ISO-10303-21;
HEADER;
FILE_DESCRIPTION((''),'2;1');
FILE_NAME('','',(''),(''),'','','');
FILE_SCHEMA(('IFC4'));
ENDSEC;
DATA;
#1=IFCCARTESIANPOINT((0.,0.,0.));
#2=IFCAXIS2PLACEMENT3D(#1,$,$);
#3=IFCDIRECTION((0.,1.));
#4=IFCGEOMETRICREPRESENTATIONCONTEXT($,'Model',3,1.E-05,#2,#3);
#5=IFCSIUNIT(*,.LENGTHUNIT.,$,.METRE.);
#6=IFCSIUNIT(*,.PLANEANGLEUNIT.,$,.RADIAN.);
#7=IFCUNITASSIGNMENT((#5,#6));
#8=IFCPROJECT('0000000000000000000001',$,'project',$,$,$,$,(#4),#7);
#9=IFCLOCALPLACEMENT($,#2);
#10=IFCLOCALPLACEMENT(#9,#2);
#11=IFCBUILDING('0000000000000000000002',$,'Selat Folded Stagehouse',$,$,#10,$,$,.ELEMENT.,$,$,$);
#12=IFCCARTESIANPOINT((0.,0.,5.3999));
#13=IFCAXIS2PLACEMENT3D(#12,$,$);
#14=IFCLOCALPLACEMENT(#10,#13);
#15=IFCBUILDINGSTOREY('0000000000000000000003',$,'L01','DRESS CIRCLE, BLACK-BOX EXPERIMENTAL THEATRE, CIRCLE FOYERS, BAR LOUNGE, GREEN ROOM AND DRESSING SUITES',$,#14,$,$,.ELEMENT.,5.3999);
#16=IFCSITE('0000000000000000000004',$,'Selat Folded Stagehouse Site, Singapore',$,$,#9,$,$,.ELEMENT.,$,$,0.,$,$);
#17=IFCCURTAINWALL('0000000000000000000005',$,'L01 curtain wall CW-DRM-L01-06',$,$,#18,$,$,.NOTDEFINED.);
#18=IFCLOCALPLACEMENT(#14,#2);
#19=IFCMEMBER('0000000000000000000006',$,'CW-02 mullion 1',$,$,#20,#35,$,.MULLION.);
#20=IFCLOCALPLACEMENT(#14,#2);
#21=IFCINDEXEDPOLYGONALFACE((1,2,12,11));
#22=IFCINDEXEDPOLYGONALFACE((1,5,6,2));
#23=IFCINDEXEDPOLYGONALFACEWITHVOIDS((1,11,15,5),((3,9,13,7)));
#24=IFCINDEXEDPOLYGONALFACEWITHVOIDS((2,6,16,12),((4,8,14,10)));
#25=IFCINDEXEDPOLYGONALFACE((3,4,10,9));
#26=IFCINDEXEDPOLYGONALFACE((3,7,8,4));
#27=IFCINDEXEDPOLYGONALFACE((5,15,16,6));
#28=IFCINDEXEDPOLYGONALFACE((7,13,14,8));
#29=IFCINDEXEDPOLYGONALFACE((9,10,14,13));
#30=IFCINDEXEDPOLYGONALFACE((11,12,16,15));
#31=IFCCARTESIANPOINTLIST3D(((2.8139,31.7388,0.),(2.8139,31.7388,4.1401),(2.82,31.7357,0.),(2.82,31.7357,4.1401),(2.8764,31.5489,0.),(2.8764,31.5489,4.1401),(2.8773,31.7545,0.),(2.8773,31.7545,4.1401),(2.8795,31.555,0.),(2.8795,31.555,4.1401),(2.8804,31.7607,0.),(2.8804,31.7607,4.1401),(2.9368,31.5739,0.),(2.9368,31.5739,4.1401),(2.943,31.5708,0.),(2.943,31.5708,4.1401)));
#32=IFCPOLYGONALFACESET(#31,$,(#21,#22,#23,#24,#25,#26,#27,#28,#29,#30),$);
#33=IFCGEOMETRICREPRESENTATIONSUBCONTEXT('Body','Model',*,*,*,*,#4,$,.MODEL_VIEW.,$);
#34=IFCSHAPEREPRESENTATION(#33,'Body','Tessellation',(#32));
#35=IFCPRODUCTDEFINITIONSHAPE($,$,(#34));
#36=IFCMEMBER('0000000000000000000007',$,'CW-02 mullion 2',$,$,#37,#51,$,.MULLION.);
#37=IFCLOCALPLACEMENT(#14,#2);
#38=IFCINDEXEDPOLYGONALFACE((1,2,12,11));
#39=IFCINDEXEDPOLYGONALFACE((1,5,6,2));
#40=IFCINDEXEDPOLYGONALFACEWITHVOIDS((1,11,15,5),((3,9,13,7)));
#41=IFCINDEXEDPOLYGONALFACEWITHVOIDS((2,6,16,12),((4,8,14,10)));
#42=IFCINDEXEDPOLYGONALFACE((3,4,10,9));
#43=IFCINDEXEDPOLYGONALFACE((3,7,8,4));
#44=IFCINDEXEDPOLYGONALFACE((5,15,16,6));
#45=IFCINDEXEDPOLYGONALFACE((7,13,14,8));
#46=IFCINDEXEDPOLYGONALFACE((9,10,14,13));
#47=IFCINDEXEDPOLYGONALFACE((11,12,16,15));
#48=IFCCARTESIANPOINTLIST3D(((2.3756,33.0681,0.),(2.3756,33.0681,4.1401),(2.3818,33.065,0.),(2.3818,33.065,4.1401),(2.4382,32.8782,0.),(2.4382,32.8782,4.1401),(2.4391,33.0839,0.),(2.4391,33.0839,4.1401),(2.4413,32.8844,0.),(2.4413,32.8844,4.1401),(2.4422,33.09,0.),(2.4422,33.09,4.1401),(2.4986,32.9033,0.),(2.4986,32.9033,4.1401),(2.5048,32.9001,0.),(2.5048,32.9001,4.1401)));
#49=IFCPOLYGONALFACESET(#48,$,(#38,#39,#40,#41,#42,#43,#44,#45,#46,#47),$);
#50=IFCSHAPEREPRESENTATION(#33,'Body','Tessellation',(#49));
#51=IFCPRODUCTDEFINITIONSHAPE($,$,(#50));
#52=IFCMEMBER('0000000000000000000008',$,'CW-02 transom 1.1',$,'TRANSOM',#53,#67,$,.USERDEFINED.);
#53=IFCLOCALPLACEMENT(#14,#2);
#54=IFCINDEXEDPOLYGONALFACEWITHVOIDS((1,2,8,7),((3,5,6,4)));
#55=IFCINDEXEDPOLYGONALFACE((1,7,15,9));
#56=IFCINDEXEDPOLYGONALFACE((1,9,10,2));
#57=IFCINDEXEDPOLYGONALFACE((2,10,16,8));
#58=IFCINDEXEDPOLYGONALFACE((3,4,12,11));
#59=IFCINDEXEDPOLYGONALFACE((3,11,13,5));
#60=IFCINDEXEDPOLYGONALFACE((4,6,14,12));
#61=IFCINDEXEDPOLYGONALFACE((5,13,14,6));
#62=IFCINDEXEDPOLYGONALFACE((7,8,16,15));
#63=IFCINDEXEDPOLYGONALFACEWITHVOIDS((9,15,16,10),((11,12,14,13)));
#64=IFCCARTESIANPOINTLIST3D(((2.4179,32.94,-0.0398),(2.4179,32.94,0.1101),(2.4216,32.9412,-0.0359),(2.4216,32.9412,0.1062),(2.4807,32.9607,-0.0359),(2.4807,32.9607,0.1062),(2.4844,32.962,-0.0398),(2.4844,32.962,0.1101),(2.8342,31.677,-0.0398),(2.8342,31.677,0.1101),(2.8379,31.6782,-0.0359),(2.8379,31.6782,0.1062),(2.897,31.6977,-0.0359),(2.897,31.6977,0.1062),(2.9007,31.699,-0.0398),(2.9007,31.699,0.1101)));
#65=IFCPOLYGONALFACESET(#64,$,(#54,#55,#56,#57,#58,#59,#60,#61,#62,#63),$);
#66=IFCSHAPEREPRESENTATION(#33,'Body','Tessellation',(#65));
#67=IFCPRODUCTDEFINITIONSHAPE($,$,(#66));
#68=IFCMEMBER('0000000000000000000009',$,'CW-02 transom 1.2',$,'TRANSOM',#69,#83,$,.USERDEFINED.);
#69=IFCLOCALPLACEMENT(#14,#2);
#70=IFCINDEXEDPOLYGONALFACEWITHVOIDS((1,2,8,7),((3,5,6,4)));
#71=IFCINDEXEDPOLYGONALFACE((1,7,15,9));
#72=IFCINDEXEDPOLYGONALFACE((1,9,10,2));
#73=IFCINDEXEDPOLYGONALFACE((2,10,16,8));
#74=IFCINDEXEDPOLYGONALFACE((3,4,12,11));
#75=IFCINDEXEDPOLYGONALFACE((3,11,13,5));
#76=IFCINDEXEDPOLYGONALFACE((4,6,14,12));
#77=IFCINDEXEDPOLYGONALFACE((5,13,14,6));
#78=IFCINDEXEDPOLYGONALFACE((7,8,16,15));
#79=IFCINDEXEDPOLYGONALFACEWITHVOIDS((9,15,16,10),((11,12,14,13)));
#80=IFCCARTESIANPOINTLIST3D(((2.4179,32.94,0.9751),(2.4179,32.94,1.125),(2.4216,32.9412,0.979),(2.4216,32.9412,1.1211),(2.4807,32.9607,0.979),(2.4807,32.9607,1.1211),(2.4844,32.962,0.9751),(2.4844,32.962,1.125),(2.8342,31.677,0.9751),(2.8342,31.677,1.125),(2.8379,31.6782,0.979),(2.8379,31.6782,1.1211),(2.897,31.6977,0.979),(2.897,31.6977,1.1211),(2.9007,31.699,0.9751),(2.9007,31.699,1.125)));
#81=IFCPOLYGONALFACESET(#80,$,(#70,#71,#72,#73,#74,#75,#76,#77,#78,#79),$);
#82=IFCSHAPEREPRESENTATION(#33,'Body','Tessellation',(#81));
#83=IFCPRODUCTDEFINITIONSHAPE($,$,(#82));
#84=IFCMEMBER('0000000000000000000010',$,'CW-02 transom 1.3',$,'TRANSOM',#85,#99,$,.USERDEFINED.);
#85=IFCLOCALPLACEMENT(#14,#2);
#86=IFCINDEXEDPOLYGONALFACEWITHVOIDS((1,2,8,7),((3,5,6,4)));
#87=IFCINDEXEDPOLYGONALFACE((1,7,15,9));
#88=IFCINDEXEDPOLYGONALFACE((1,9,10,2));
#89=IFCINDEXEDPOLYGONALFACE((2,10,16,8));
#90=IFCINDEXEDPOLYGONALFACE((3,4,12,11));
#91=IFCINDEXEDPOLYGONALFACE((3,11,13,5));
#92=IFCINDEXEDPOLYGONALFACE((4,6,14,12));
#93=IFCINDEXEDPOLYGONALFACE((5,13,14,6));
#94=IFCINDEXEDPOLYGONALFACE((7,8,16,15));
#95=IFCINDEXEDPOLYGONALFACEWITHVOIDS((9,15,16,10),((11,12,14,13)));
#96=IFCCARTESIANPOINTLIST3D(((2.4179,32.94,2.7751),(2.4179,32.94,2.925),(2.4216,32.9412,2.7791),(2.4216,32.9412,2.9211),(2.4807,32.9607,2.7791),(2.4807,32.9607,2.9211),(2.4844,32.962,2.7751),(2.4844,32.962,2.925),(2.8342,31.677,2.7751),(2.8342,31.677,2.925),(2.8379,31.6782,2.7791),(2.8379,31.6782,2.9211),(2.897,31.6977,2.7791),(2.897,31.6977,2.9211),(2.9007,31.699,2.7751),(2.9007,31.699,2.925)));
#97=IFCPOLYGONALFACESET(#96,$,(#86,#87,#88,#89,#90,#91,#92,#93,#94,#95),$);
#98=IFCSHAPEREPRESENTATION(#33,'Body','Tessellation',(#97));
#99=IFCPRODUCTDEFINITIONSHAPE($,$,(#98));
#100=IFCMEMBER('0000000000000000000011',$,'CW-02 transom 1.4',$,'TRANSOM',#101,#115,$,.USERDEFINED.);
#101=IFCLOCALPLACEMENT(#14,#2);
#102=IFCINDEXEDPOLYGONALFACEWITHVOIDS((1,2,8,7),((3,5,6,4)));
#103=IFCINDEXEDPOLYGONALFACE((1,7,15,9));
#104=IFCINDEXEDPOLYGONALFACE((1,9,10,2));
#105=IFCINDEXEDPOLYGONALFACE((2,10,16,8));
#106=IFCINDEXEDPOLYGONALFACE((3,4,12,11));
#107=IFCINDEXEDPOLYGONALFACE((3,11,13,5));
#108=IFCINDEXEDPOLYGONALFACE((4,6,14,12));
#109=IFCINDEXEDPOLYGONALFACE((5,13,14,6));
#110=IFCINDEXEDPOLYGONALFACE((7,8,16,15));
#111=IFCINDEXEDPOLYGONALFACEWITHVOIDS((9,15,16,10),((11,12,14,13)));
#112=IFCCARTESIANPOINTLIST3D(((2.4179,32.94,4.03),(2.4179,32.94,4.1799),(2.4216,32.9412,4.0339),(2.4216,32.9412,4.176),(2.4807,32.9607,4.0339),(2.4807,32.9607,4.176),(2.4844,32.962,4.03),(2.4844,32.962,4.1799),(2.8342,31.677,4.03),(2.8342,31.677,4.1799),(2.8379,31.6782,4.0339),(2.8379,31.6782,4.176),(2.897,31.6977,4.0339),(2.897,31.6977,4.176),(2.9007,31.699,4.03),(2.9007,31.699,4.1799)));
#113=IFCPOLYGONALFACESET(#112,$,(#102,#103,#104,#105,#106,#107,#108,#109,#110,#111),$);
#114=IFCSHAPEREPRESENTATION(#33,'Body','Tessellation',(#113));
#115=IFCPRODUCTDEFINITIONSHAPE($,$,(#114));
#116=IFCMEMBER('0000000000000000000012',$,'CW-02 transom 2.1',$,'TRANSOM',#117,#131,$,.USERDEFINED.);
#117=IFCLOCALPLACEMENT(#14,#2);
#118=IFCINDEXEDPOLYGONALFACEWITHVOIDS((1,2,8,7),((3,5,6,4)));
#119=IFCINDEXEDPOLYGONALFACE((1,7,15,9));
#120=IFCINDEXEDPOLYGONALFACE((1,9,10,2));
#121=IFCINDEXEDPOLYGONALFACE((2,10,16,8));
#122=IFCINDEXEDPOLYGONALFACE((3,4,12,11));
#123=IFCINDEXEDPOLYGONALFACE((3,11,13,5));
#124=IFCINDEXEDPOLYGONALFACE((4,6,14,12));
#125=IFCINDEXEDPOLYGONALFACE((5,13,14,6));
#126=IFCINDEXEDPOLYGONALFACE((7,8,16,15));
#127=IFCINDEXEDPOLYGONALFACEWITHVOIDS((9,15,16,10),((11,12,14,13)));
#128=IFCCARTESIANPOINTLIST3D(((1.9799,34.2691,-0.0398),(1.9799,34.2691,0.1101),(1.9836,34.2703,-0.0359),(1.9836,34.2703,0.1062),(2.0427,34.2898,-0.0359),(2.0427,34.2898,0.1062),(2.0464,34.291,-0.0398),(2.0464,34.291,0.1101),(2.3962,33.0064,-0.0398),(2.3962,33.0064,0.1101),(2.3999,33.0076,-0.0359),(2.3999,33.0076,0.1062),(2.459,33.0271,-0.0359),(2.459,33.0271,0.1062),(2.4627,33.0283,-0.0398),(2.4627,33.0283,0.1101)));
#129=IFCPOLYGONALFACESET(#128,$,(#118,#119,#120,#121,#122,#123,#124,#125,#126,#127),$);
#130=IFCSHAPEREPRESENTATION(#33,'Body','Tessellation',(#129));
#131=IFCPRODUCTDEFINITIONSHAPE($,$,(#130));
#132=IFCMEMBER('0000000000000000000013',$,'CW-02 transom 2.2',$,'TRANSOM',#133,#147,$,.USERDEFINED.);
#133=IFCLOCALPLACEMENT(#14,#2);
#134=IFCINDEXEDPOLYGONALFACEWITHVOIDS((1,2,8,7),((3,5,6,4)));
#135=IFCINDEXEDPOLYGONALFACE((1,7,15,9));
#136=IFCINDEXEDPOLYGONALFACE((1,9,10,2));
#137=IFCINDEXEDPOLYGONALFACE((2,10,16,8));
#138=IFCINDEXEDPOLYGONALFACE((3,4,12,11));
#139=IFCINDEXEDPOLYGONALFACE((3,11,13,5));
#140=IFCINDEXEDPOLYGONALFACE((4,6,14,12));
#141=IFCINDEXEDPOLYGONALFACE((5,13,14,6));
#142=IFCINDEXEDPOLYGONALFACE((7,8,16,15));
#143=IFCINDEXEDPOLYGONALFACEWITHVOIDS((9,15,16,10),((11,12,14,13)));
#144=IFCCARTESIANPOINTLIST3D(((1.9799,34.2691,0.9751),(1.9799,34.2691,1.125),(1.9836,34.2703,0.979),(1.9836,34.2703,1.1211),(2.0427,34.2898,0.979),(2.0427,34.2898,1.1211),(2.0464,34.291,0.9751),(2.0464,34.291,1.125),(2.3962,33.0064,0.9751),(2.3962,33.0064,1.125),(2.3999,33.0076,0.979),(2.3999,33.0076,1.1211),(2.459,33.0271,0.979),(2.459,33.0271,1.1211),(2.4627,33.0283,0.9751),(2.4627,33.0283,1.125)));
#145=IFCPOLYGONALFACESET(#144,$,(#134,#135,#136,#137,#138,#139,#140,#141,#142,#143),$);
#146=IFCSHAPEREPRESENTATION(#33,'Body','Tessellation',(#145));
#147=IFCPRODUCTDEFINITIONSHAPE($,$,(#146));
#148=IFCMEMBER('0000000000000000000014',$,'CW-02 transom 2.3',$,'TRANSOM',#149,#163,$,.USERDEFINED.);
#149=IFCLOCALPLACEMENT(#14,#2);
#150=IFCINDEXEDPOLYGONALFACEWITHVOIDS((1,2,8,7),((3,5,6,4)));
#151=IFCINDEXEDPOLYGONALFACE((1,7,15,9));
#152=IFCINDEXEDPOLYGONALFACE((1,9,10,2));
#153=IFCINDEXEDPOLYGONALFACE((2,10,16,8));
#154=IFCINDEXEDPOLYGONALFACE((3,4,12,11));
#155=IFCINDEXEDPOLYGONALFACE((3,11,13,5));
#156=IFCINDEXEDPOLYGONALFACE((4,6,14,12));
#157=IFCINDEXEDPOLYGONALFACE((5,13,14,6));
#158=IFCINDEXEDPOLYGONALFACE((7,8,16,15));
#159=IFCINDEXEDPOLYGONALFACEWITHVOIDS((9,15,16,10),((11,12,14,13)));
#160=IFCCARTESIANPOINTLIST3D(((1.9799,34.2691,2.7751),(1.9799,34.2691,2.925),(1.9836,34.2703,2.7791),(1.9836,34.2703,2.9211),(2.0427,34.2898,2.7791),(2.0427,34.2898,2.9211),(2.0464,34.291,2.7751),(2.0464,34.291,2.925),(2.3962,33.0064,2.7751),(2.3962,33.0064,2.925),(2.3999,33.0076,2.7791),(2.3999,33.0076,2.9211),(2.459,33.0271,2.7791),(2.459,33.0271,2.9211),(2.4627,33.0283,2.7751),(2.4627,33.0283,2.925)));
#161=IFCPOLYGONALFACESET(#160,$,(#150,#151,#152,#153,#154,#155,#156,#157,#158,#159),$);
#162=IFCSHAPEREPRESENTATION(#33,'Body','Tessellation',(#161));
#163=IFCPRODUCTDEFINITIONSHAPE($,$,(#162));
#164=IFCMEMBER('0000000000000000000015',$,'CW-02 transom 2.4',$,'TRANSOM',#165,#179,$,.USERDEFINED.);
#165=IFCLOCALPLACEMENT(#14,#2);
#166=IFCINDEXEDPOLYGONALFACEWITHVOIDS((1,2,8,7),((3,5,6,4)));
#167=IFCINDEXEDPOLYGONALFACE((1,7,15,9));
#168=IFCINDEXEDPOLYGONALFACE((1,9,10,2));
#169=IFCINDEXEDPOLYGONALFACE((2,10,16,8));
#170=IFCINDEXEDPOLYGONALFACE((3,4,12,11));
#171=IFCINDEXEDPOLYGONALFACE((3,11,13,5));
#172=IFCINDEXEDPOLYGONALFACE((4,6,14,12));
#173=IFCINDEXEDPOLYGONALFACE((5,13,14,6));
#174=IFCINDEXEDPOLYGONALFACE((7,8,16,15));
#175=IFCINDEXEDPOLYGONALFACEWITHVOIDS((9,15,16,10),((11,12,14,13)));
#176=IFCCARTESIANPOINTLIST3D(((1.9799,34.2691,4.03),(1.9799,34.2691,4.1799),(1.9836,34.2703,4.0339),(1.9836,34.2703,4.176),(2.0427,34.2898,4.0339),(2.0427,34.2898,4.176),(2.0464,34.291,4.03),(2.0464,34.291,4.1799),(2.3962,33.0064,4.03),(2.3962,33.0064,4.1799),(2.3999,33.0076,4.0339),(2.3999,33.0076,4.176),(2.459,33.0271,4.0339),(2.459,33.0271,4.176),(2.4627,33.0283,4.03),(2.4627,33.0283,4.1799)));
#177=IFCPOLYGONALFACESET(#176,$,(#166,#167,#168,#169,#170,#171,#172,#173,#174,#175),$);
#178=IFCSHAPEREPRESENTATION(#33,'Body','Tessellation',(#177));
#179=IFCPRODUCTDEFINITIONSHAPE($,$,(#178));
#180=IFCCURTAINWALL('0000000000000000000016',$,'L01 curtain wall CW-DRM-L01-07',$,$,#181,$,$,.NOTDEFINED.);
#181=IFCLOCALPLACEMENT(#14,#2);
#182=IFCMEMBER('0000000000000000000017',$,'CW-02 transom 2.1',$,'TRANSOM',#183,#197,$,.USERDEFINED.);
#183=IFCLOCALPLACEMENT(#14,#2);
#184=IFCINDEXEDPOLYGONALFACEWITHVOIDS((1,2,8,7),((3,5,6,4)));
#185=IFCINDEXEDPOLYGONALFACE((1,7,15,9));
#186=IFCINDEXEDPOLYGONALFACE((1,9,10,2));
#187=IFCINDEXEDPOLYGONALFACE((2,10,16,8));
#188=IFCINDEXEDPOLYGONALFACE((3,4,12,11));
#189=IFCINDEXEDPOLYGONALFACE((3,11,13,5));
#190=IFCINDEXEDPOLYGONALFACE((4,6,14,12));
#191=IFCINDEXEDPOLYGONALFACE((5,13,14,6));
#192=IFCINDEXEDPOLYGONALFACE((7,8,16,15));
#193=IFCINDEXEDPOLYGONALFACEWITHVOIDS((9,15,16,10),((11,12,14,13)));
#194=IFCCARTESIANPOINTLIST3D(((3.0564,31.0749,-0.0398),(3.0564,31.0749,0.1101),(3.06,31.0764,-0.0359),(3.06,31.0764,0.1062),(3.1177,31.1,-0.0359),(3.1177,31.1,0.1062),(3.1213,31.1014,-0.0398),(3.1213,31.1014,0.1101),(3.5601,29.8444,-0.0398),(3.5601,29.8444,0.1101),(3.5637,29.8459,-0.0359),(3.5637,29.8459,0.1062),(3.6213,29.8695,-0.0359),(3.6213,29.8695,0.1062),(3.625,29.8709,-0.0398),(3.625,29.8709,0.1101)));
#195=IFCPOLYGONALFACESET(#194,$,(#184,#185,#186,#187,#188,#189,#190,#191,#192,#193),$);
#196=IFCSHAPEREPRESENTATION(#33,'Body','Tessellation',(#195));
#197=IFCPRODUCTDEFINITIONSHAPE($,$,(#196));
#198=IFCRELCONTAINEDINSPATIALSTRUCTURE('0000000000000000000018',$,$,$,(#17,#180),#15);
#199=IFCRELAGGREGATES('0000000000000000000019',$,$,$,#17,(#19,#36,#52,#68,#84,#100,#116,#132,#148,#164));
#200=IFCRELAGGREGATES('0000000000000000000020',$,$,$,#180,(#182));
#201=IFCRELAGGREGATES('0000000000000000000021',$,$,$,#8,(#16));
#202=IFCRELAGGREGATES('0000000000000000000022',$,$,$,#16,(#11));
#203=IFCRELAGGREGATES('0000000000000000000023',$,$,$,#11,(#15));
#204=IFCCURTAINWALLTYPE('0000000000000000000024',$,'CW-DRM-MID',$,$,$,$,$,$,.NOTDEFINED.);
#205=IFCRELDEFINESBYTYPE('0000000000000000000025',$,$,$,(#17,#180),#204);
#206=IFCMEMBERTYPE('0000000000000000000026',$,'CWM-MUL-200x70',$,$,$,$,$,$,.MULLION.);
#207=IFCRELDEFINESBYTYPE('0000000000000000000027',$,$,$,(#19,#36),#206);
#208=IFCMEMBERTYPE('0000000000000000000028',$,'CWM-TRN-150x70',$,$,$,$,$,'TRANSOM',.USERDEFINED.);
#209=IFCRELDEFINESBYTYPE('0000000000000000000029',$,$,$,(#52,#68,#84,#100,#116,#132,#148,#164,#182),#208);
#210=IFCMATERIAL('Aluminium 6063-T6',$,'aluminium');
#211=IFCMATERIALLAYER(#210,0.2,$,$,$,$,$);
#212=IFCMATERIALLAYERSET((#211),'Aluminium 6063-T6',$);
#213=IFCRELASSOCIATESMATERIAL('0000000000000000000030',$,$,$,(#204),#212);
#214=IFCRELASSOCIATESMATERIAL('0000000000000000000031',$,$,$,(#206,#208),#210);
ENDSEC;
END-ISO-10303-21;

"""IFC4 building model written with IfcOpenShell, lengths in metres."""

from ifc_helpers import new_model, si_unit, direction, frame, origin, origin_2d, place, context, subcontext, project, spatial, hollow_rectangle, extrude, material, layer, layer_set, material_profile, profile_set, type_object, element, aggregate, save


model = new_model("IFC4")

# Units and contexts
model_context = context("Model", 3, precision=1e-05, world=origin(), true_north=direction((0.0, 1.0)))
body_context = subcontext(model_context, "Body", "Model", "MODEL_VIEW")
ifc_project = project(units=[si_unit("LENGTHUNIT", "METRE"), si_unit("PLANEANGLEUNIT", "RADIAN")], contexts=[model_context])

# Site, building, storey
site_placement = place(None, origin())
site = spatial("IfcSite", under=ifc_project, at=site_placement, Name="Selat Folded Stagehouse Site, Singapore", CompositionType="ELEMENT", RefElevation=0.0)
building_placement = place(site_placement, origin())
building = spatial("IfcBuilding", under=site, at=building_placement, Name="Selat Folded Stagehouse", CompositionType="ELEMENT")
storey_placement = place(building_placement, frame((0.0, 0.0, 5.3999)))
storey = spatial("IfcBuildingStorey", under=building, at=storey_placement, Name="L01", Description="DRESS CIRCLE, BLACK-BOX EXPERIMENTAL THEATRE, CIRCLE FOYERS, BAR LOUNGE, GREEN ROOM AND DRESSING SUITES", CompositionType="ELEMENT", Elevation=5.3999)

# Curtain walls, members
ifc_material_1 = material(Name="Aluminium 6063-T6", Category="aluminium")
ifc_layer_1 = layer(ifc_material_1, 0.2)
ifc_layer_set_1 = layer_set([ifc_layer_1], Name="Aluminium 6063-T6")
curtain_wall_type = type_object("IfcCurtainWallType", Name="CW-DRM-MID", PredefinedType="NOTDEFINED", material=ifc_layer_set_1)
curtain_wall_1_placement = place(storey_placement, origin())
curtain_wall_1 = element("IfcCurtainWall", 1, at=curtain_wall_1_placement, inside=storey, type_object=curtain_wall_type, Name="L01 curtain wall CW-DRM-L01-06", PredefinedType="NOTDEFINED")
ifc_material_profile_1 = material_profile(ifc_material_1, hollow_rectangle(XDim=0.0701, YDim=0.2, WallThickness=0.0049, at=origin_2d()), Name="ALU 200x70x5.0")
ifc_profile_set_1 = profile_set([ifc_material_profile_1], Name="Aluminium 6063-T6")
member_type_1 = type_object("IfcMemberType", Name="CWM-MUL-200x70", PredefinedType="MULLION", material=ifc_profile_set_1)
member_1_placement = place(storey_placement, frame((2.8784, 31.6548, 0.0), z_axis=(0.0, 0.0, 1.0), x_axis=(-0.949755, -0.312995, 0.0)))
member_1 = element("IfcMember", 2, at=member_1_placement, type_object=member_type_1, Name="CW-02 mullion 1", PredefinedType="MULLION", context=body_context, shape_type="SweptSolid", body=[
    extrude(hollow_rectangle(XDim=0.0701, YDim=0.2, WallThickness=0.0049, at=origin_2d()), origin(), (0.0, 0.0, 1.0), 4.1401),
])
member_2_placement = place(storey_placement, frame((2.4402, 32.9841, 0.0), z_axis=(0.0, 0.0, 1.0), x_axis=(-0.949755, -0.312995, 0.0)))
member_2 = element("IfcMember", 3, at=member_2_placement, type_object=member_type_1, Name="CW-02 mullion 2", PredefinedType="MULLION", context=body_context, shape_type="SweptSolid", body=[
    extrude(hollow_rectangle(XDim=0.0701, YDim=0.2, WallThickness=0.0049, at=origin_2d()), origin(), (0.0, 0.0, 1.0), 4.1401),
])
ifc_material_profile_2 = material_profile(ifc_material_1, hollow_rectangle(XDim=0.0701, YDim=0.1499, WallThickness=0.0039, at=origin_2d()), Name="ALU 150x70x4.0")
ifc_profile_set_2 = profile_set([ifc_material_profile_2], Name="Aluminium 6063-T6")
member_type_2 = type_object("IfcMemberType", Name="CWM-TRN-150x70", ElementType="TRANSOM", PredefinedType="USERDEFINED", material=ifc_profile_set_2)
member_3_placement = place(storey_placement, frame((2.8674, 31.688, 0.0352), z_axis=(-0.313031, 0.949743, 0.0), x_axis=(-0.949743, -0.313031, 0.0)))
member_3 = element("IfcMember", 4, at=member_3_placement, type_object=member_type_2, Name="CW-02 transom 1.1", ObjectType="TRANSOM", PredefinedType="USERDEFINED", context=body_context, shape_type="SweptSolid", body=[
    extrude(hollow_rectangle(XDim=0.0701, YDim=0.1499, WallThickness=0.0039, at=origin_2d()), origin(), (0.0, 0.0, 1.0), 1.3298),
])
member_4_placement = place(storey_placement, frame((2.8674, 31.688, 1.05), z_axis=(-0.313031, 0.949743, 0.0), x_axis=(-0.949743, -0.313031, 0.0)))
member_4 = element("IfcMember", 5, at=member_4_placement, type_object=member_type_2, Name="CW-02 transom 1.2", ObjectType="TRANSOM", PredefinedType="USERDEFINED", context=body_context, shape_type="SweptSolid", body=[
    extrude(hollow_rectangle(XDim=0.0701, YDim=0.1499, WallThickness=0.0039, at=origin_2d()), origin(), (0.0, 0.0, 1.0), 1.3298),
])
member_5_placement = place(storey_placement, frame((2.8674, 31.688, 2.8501), z_axis=(-0.313031, 0.949743, 0.0), x_axis=(-0.949743, -0.313031, 0.0)))
member_5 = element("IfcMember", 6, at=member_5_placement, type_object=member_type_2, Name="CW-02 transom 1.3", ObjectType="TRANSOM", PredefinedType="USERDEFINED", context=body_context, shape_type="SweptSolid", body=[
    extrude(hollow_rectangle(XDim=0.0701, YDim=0.1499, WallThickness=0.0039, at=origin_2d()), origin(), (0.0, 0.0, 1.0), 1.3298),
])
member_6_placement = place(storey_placement, frame((2.8674, 31.688, 4.105), z_axis=(-0.313031, 0.949743, 0.0), x_axis=(-0.949743, -0.313031, 0.0)))
member_6 = element("IfcMember", 7, at=member_6_placement, type_object=member_type_2, Name="CW-02 transom 1.4", ObjectType="TRANSOM", PredefinedType="USERDEFINED", context=body_context, shape_type="SweptSolid", body=[
    extrude(hollow_rectangle(XDim=0.0701, YDim=0.1499, WallThickness=0.0039, at=origin_2d()), origin(), (0.0, 0.0, 1.0), 1.3298),
])
member_7_placement = place(storey_placement, frame((2.4294, 33.0173, 0.0352), z_axis=(-0.313086, 0.949725, 0.0), x_axis=(-0.949725, -0.313086, 0.0)))
member_7 = element("IfcMember", 8, at=member_7_placement, type_object=member_type_2, Name="CW-02 transom 2.1", ObjectType="TRANSOM", PredefinedType="USERDEFINED", context=body_context, shape_type="SweptSolid", body=[
    extrude(hollow_rectangle(XDim=0.0701, YDim=0.1499, WallThickness=0.0039, at=origin_2d()), origin(), (0.0, 0.0, 1.0), 1.3296),
])
member_8_placement = place(storey_placement, frame((2.4294, 33.0173, 1.05), z_axis=(-0.313086, 0.949725, 0.0), x_axis=(-0.949725, -0.313086, 0.0)))
member_8 = element("IfcMember", 9, at=member_8_placement, type_object=member_type_2, Name="CW-02 transom 2.2", ObjectType="TRANSOM", PredefinedType="USERDEFINED", context=body_context, shape_type="SweptSolid", body=[
    extrude(hollow_rectangle(XDim=0.0701, YDim=0.1499, WallThickness=0.0039, at=origin_2d()), origin(), (0.0, 0.0, 1.0), 1.3296),
])
member_9_placement = place(storey_placement, frame((2.4294, 33.0173, 2.8501), z_axis=(-0.313086, 0.949725, 0.0), x_axis=(-0.949725, -0.313086, 0.0)))
member_9 = element("IfcMember", 10, at=member_9_placement, type_object=member_type_2, Name="CW-02 transom 2.3", ObjectType="TRANSOM", PredefinedType="USERDEFINED", context=body_context, shape_type="SweptSolid", body=[
    extrude(hollow_rectangle(XDim=0.0701, YDim=0.1499, WallThickness=0.0039, at=origin_2d()), origin(), (0.0, 0.0, 1.0), 1.3296),
])
member_10_placement = place(storey_placement, frame((2.4294, 33.0173, 4.105), z_axis=(-0.313086, 0.949725, 0.0), x_axis=(-0.949725, -0.313086, 0.0)))
member_10 = element("IfcMember", 11, at=member_10_placement, type_object=member_type_2, Name="CW-02 transom 2.4", ObjectType="TRANSOM", PredefinedType="USERDEFINED", context=body_context, shape_type="SweptSolid", body=[
    extrude(hollow_rectangle(XDim=0.0701, YDim=0.1499, WallThickness=0.0039, at=origin_2d()), origin(), (0.0, 0.0, 1.0), 1.3296),
])
curtain_wall_2_placement = place(storey_placement, origin())
curtain_wall_2 = element("IfcCurtainWall", 12, at=curtain_wall_2_placement, inside=storey, type_object=curtain_wall_type, Name="L01 curtain wall CW-DRM-L01-07", PredefinedType="NOTDEFINED")
member_11_placement = place(storey_placement, frame((3.5925, 29.8577, 0.0352), z_axis=(-0.378819, 0.925471, 0.0), x_axis=(-0.925471, -0.378819, 0.0)))
member_11 = element("IfcMember", 13, at=member_11_placement, type_object=member_type_2, Name="CW-02 transom 2.1", ObjectType="TRANSOM", PredefinedType="USERDEFINED", context=body_context, shape_type="SweptSolid", body=[
    extrude(hollow_rectangle(XDim=0.0701, YDim=0.1499, WallThickness=0.0039, at=origin_2d()), origin(), (0.0, 0.0, 1.0), 1.3296),
])

aggregate(curtain_wall_1, [member_1, member_2, member_3, member_4, member_5, member_6, member_7, member_8, member_9, member_10])
aggregate(curtain_wall_2, [member_11])

save(model, "model.ifc")
